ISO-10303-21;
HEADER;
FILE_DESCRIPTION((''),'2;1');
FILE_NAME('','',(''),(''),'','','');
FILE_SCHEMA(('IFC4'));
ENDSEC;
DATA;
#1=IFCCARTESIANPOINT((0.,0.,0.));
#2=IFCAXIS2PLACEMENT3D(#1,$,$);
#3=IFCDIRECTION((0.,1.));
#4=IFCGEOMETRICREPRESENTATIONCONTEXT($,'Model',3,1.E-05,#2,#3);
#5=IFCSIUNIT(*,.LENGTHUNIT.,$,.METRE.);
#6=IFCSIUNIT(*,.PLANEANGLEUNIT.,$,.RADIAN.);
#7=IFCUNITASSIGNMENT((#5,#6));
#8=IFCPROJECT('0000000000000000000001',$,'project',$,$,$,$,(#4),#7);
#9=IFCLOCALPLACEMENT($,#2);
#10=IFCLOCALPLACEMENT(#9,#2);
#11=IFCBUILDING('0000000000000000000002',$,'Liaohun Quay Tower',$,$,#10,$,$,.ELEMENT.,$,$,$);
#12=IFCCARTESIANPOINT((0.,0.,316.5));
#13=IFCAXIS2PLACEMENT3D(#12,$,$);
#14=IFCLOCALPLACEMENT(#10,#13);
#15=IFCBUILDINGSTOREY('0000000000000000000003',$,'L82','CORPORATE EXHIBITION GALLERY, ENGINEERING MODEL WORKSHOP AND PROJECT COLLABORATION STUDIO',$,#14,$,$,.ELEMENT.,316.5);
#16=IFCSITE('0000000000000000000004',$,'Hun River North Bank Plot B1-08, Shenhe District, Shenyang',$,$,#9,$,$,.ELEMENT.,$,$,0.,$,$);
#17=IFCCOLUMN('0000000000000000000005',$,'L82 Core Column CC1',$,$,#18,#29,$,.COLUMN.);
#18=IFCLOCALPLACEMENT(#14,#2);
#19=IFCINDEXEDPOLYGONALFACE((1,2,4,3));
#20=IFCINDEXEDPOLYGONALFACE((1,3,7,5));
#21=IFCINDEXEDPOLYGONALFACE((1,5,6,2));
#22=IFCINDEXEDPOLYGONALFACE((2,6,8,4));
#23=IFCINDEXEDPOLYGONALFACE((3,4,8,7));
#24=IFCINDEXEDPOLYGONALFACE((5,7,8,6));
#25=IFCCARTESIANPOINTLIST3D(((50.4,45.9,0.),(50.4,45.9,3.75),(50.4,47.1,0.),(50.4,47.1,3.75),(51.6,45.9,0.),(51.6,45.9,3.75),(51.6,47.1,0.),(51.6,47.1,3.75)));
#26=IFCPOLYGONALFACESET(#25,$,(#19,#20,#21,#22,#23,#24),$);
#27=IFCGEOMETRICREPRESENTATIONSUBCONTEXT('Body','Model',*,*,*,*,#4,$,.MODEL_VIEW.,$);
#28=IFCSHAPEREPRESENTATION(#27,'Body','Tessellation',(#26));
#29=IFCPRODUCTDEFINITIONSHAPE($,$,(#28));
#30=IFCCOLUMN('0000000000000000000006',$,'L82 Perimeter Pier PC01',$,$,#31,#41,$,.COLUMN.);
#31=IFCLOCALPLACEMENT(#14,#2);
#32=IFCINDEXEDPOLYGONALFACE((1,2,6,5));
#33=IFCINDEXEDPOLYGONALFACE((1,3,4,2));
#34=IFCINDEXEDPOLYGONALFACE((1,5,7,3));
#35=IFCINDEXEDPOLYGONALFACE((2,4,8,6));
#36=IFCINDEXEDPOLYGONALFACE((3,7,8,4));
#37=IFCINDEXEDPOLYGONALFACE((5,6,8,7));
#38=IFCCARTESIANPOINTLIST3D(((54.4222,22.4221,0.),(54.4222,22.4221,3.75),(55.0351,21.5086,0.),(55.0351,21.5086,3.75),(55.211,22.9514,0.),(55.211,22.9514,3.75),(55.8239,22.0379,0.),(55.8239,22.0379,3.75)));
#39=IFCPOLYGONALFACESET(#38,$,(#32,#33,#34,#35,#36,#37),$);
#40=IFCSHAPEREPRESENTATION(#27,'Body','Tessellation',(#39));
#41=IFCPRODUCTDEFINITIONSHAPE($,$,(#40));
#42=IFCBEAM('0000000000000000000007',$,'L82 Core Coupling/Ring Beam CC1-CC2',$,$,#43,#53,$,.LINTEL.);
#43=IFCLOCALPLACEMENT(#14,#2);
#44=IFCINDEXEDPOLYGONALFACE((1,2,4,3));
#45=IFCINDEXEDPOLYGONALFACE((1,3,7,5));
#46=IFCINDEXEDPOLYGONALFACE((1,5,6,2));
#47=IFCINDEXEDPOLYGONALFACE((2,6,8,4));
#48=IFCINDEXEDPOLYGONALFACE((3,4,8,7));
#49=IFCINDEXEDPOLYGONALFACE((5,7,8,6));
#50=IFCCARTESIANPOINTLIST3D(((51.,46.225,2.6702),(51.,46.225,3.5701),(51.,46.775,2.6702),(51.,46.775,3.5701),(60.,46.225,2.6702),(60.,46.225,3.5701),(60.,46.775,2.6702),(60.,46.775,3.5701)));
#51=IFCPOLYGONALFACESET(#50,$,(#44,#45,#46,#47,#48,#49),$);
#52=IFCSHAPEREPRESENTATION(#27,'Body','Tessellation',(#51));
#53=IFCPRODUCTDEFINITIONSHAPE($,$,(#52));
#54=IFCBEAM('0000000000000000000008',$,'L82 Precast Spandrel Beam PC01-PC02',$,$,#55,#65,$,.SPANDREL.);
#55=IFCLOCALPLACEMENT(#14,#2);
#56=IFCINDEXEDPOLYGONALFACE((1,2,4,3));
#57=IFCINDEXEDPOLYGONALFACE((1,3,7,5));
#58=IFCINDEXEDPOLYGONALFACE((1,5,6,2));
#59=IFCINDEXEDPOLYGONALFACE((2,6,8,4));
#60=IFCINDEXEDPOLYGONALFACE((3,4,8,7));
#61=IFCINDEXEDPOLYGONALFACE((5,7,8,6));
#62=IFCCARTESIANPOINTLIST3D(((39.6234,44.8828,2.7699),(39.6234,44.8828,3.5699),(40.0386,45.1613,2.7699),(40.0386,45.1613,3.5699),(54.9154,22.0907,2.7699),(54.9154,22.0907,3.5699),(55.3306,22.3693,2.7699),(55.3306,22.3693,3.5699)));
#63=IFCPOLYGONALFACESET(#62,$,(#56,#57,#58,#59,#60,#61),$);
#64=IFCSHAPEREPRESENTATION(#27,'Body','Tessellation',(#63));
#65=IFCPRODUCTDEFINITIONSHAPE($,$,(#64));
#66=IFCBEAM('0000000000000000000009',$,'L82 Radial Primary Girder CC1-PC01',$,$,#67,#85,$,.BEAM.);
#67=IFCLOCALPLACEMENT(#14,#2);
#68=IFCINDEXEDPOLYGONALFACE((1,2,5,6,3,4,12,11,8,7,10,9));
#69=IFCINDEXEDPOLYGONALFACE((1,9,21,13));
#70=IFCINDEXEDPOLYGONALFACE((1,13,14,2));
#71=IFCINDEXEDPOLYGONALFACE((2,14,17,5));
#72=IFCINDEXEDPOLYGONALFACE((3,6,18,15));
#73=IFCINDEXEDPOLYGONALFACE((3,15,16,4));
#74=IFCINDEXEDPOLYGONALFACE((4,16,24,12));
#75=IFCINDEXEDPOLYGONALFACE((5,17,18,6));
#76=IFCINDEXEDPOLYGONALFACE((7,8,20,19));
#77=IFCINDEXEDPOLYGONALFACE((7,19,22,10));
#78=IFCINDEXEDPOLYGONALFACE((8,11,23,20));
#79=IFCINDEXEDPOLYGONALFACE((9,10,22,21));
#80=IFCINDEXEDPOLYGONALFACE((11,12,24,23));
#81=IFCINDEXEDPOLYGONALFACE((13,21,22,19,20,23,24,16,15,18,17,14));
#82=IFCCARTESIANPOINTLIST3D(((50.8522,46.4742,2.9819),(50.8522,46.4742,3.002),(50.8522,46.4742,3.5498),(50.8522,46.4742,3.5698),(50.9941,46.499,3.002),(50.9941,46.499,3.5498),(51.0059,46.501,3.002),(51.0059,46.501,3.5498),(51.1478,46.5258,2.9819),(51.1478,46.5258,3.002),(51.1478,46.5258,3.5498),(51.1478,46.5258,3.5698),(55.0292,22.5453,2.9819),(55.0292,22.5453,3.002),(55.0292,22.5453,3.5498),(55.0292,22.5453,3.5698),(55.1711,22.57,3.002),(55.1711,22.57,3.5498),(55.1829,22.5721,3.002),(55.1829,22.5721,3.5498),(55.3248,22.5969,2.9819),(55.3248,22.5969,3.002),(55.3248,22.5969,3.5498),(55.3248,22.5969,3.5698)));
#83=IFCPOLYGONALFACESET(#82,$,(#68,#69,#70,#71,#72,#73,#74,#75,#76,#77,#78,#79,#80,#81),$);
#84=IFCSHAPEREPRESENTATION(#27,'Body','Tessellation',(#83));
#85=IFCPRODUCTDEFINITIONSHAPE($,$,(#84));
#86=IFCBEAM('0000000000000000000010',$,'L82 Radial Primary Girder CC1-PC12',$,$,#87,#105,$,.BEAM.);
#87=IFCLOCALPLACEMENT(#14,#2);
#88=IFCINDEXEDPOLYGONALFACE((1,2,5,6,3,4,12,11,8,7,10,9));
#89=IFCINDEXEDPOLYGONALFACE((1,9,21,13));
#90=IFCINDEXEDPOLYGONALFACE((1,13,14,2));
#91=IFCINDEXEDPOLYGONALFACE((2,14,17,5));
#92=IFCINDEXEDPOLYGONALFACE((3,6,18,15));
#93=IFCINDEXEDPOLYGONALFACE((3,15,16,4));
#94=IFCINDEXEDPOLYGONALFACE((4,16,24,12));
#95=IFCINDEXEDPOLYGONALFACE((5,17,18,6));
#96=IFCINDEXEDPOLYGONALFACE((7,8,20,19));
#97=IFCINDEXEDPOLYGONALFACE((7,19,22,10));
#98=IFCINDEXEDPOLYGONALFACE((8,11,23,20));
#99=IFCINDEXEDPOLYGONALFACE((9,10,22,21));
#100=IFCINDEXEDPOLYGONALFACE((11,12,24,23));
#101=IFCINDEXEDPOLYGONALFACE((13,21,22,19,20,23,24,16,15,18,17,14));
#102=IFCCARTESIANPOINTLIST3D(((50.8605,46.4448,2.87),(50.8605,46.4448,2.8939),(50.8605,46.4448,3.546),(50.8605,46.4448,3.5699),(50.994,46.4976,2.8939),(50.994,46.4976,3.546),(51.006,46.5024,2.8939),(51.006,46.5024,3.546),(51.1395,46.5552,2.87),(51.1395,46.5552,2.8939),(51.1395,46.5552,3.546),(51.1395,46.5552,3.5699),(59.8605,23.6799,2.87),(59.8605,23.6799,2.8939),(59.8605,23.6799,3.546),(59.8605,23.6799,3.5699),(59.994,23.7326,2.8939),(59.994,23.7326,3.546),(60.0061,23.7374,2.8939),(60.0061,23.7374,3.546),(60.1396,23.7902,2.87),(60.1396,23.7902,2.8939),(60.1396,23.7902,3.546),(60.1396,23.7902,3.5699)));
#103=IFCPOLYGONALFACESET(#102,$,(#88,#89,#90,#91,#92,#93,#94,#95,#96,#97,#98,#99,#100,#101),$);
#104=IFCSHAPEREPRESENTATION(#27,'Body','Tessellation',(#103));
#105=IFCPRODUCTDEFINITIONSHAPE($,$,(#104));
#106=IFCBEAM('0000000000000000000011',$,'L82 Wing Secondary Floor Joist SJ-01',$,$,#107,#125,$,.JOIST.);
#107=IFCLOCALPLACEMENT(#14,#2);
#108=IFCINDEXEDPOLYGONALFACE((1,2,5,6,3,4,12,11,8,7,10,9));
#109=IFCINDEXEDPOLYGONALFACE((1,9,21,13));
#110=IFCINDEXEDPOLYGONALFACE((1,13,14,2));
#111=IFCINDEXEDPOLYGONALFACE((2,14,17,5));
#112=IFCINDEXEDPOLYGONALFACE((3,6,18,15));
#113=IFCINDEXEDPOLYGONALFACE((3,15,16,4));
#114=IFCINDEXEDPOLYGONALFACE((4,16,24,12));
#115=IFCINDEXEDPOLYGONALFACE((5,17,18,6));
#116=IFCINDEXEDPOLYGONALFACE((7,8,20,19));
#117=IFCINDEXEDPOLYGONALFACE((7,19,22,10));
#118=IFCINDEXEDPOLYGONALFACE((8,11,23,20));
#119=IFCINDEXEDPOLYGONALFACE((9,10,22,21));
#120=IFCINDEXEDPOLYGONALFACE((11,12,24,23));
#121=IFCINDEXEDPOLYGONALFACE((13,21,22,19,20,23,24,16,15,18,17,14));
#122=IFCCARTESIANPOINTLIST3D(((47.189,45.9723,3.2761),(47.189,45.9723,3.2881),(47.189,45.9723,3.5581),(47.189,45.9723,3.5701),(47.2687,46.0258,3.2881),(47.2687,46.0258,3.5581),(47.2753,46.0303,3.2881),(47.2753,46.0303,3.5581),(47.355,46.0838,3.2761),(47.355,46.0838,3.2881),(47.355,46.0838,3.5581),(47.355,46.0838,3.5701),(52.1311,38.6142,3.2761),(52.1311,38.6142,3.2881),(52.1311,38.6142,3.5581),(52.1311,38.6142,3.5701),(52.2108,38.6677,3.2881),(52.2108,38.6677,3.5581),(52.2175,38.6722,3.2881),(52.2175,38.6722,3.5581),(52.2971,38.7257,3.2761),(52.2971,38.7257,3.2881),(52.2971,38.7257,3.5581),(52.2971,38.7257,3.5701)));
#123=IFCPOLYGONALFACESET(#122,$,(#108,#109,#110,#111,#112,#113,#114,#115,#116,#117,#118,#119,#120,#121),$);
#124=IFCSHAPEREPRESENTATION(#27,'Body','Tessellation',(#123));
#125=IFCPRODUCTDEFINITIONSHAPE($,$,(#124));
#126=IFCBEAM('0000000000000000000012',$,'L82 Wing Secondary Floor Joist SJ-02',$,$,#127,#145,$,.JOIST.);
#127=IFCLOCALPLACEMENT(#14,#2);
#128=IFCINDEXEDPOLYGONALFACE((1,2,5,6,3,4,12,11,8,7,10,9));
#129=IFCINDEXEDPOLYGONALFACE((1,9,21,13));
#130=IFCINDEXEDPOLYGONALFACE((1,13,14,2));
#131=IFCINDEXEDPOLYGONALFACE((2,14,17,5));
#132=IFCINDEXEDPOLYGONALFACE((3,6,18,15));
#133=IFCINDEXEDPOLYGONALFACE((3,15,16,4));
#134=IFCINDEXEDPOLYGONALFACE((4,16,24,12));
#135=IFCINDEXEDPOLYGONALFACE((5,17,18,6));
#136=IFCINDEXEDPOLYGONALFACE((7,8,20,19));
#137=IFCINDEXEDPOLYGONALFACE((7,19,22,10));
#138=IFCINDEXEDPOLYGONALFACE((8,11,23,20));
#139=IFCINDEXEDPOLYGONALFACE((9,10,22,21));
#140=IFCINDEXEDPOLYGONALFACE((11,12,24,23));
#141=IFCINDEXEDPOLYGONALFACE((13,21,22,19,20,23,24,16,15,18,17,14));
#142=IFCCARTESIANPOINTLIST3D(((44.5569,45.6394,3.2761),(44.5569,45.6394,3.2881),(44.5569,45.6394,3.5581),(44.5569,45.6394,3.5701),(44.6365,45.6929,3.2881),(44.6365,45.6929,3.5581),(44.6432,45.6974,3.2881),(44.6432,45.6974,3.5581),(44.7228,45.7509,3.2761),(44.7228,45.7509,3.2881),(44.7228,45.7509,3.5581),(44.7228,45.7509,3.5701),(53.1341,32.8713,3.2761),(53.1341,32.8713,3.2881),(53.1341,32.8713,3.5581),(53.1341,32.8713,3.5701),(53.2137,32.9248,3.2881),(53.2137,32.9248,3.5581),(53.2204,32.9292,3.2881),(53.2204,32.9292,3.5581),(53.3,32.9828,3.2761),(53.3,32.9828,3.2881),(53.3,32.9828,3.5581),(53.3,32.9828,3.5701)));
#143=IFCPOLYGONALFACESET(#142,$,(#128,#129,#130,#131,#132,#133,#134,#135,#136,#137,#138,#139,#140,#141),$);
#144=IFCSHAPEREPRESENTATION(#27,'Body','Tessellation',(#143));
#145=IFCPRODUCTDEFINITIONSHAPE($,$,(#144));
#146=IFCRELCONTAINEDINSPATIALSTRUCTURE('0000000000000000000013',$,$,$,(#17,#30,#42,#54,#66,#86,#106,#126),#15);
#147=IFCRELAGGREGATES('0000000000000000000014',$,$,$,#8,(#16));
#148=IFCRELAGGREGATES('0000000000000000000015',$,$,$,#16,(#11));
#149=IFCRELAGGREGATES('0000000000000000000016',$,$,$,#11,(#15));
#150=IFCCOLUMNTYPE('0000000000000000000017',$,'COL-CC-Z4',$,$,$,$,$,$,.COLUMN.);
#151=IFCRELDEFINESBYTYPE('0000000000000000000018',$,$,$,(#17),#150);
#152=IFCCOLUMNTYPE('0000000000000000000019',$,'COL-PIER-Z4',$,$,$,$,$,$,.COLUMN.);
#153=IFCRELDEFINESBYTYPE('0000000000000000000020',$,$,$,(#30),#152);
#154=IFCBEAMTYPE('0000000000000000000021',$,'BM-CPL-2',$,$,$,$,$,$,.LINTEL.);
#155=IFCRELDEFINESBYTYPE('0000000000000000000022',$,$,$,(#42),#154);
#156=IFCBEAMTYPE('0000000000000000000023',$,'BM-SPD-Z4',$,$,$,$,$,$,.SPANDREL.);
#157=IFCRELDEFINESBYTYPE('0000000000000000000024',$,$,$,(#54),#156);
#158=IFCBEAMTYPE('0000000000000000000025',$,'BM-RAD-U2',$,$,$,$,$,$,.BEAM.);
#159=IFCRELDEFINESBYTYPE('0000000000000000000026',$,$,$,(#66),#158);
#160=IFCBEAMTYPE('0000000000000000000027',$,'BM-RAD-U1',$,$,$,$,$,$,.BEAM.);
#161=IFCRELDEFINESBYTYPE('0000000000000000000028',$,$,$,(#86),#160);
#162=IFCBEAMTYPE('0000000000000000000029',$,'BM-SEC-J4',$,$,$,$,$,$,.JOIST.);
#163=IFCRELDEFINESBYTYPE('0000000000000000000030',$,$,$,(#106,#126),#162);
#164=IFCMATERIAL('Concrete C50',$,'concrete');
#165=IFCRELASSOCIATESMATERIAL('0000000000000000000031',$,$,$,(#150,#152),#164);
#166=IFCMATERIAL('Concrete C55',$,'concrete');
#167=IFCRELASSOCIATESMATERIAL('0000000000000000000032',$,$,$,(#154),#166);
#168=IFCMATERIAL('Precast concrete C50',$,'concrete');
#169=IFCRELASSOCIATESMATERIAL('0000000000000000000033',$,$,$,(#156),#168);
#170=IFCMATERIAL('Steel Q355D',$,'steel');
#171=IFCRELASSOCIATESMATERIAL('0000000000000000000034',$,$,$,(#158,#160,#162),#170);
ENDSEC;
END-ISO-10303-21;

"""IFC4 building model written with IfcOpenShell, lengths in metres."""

from ifc_helpers import new_model, si_unit, direction, frame, origin, origin_2d, place, context, subcontext, project, spatial, rectangle, i_section, extrude, source, transform, mapped, material, material_profile, profile_set, type_object, element, save


model = new_model("IFC4")

# Units and contexts
model_context = context("Model", 3, precision=1e-05, world=origin(), true_north=direction((0.0, 1.0)))
body_context = subcontext(model_context, "Body", "Model", "MODEL_VIEW")
ifc_project = project(units=[si_unit("LENGTHUNIT", "METRE"), si_unit("PLANEANGLEUNIT", "RADIAN")], contexts=[model_context])

# Site, building, storey
site_placement = place(None, origin())
site = spatial("IfcSite", under=ifc_project, at=site_placement, Name="Hun River North Bank Plot B1-08, Shenhe District, Shenyang", CompositionType="ELEMENT", RefElevation=0.0)
building_placement = place(site_placement, origin())
building = spatial("IfcBuilding", under=site, at=building_placement, Name="Liaohun Quay Tower", CompositionType="ELEMENT")
storey_placement = place(building_placement, frame((0.0, 0.0, 316.5)))
storey = spatial("IfcBuildingStorey", under=building, at=storey_placement, Name="L82", Description="CORPORATE EXHIBITION GALLERY, ENGINEERING MODEL WORKSHOP AND PROJECT COLLABORATION STUDIO", CompositionType="ELEMENT", Elevation=316.5)

# Columns
ifc_material_1 = material(Name="Concrete C50", Category="concrete")
ifc_material_profile_1 = material_profile(ifc_material_1, rectangle(XDim=1.2, YDim=1.2, at=origin_2d()), Name="RC1200x1200")
ifc_profile_set_1 = profile_set([ifc_material_profile_1], Name="Concrete C50")
column_type_1 = type_object("IfcColumnType", Name="COL-CC-Z4", PredefinedType="COLUMN", material=ifc_profile_set_1)
shared_shape_1 = source(origin(), body_context, "Body", "SweptSolid", [
    extrude(rectangle(XDim=1.2, YDim=1.2, at=origin_2d()), origin(), (0.0, 0.0, 1.0), 3.75),
])
column_1_placement = place(storey_placement, frame((51.0, 46.5, 0.0), z_axis=(0.0, 0.0, 1.0), x_axis=(1.0, 0.0, 0.0)))
element("IfcColumn", 1, at=column_1_placement, inside=storey, type_object=column_type_1, Name="L82 Core Column CC1", PredefinedType="COLUMN", context=body_context, shape_type="MappedRepresentation", body=[
    mapped(shared_shape_1, transform((0.0, 0.0, 0.0), x_axis=(1.0, 0.0, 0.0), y_axis=(0.0, 1.0, 0.0), z_axis=(0.0, 0.0, 1.0), scale=1.0)),
])
ifc_material_profile_2 = material_profile(ifc_material_1, rectangle(XDim=1.1001, YDim=0.95, at=origin_2d()), Name="RC1100x950")
ifc_profile_set_2 = profile_set([ifc_material_profile_2], Name="Concrete C50")
column_type_2 = type_object("IfcColumnType", Name="COL-PIER-Z4", PredefinedType="COLUMN", material=ifc_profile_set_2)
shared_shape_2 = source(origin(), body_context, "Body", "SweptSolid", [
    extrude(rectangle(XDim=1.1001, YDim=0.95, at=origin_2d()), origin(), (0.0, 0.0, 1.0), 3.75),
])
column_2_placement = place(storey_placement, frame((55.123, 22.23, 0.0), z_axis=(0.0, 0.0, 1.0), x_axis=(-0.557166, 0.830401, 0.0)))
element("IfcColumn", 2, at=column_2_placement, inside=storey, type_object=column_type_2, Name="L82 Perimeter Pier PC01", PredefinedType="COLUMN", context=body_context, shape_type="MappedRepresentation", body=[
    mapped(shared_shape_2, transform((0.0, 0.0, 0.0), x_axis=(1.0, 0.0, 0.0), y_axis=(0.0, 1.0, 0.0), z_axis=(0.0, 0.0, 1.0), scale=1.0)),
])

# Beams
ifc_material_2 = material(Name="Concrete C55", Category="concrete")
ifc_material_profile_3 = material_profile(ifc_material_2, rectangle(XDim=0.55, YDim=0.8999, at=origin_2d()), Name="RC550x900")
ifc_profile_set_3 = profile_set([ifc_material_profile_3], Name="Concrete C55")
beam_type_1 = type_object("IfcBeamType", Name="BM-CPL-2", PredefinedType="LINTEL", material=ifc_profile_set_3)
shared_shape_3 = source(origin(), body_context, "Body", "SweptSolid", [
    extrude(rectangle(XDim=0.55, YDim=0.8999, at=origin_2d()), origin(), (0.0, 0.0, 1.0), 9.0),
])
beam_1_placement = place(storey_placement, frame((51.0, 46.5, 3.1201), z_axis=(1.0, 0.0, 0.0), x_axis=(0.0, 1.0, 0.0)))
element("IfcBeam", 3, at=beam_1_placement, inside=storey, type_object=beam_type_1, Name="L82 Core Coupling/Ring Beam CC1-CC2", PredefinedType="LINTEL", context=body_context, shape_type="MappedRepresentation", body=[
    mapped(shared_shape_3, transform((0.0, 0.0, 0.0), x_axis=(1.0, 0.0, 0.0), y_axis=(0.0, 1.0, 0.0), z_axis=(0.0, 0.0, 1.0), scale=1.0)),
])
ifc_material_3 = material(Name="Precast concrete C50", Category="concrete")
ifc_material_profile_4 = material_profile(ifc_material_3, rectangle(XDim=0.5, YDim=0.8, at=origin_2d()), Name="RC500x800")
ifc_profile_set_4 = profile_set([ifc_material_profile_4], Name="Precast concrete C50")
beam_type_2 = type_object("IfcBeamType", Name="BM-SPD-Z4", PredefinedType="SPANDREL", material=ifc_profile_set_4)
shared_shape_4 = source(origin(), body_context, "Body", "SweptSolid", [
    extrude(rectangle(XDim=0.5, YDim=0.8, at=origin_2d()), origin(), (0.0, 0.0, 1.0), 27.4468),
])
beam_2_placement = place(storey_placement, frame((55.123, 22.23, 3.1699), z_axis=(-0.557153, 0.83041, 0.0), x_axis=(-0.83041, -0.557153, 0.0)))
element("IfcBeam", 4, at=beam_2_placement, inside=storey, type_object=beam_type_2, Name="L82 Precast Spandrel Beam PC01-PC02", PredefinedType="SPANDREL", context=body_context, shape_type="MappedRepresentation", body=[
    mapped(shared_shape_4, transform((0.0, 0.0, 0.0), x_axis=(1.0, 0.0, 0.0), y_axis=(0.0, 1.0, 0.0), z_axis=(0.0, 0.0, 1.0), scale=1.0)),
])
ifc_material_4 = material(Name="Steel Q355D", Category="steel")
ifc_material_profile_5 = material_profile(ifc_material_4, i_section(OverallWidth=0.3, OverallDepth=0.5879, WebThickness=0.012, FlangeThickness=0.02, at=origin_2d()), Name="HM588x300x12x20")
ifc_profile_set_5 = profile_set([ifc_material_profile_5], Name="Steel Q355D")
beam_type_3 = type_object("IfcBeamType", Name="BM-RAD-U2", PredefinedType="BEAM", material=ifc_profile_set_5)
shared_shape_5 = source(origin(), body_context, "Body", "SweptSolid", [
    extrude(i_section(OverallWidth=0.3, OverallDepth=0.5879, WebThickness=0.012, FlangeThickness=0.02, at=origin_2d()), origin(), (0.0, 0.0, 1.0), 24.2908),
])
beam_3_placement = place(storey_placement, frame((51.0, 46.5, 3.2759), z_axis=(0.171958, -0.985104, 0.0), x_axis=(0.985104, 0.171958, 0.0)))
element("IfcBeam", 5, at=beam_3_placement, inside=storey, type_object=beam_type_3, Name="L82 Radial Primary Girder CC1-PC01", PredefinedType="BEAM", context=body_context, shape_type="MappedRepresentation", body=[
    mapped(shared_shape_5, transform((0.0, 0.0, 0.0), x_axis=(1.0, 0.0, 0.0), y_axis=(0.0, 1.0, 0.0), z_axis=(0.0, 0.0, 1.0), scale=1.0)),
])
ifc_material_profile_6 = material_profile(ifc_material_4, i_section(OverallWidth=0.3, OverallDepth=0.7, WebThickness=0.0129, FlangeThickness=0.0239, at=origin_2d()), Name="HN700x300x13x24")
ifc_profile_set_6 = profile_set([ifc_material_profile_6], Name="Steel Q355D")
beam_type_4 = type_object("IfcBeamType", Name="BM-RAD-U1", PredefinedType="BEAM", material=ifc_profile_set_6)
shared_shape_6 = source(origin(), body_context, "Body", "SweptSolid", [
    extrude(i_section(OverallWidth=0.3, OverallDepth=0.7, WebThickness=0.0129, FlangeThickness=0.0239, at=origin_2d()), origin(), (0.0, 0.0, 1.0), 24.4795),
])
beam_4_placement = place(storey_placement, frame((51.0, 46.5, 3.22), z_axis=(0.367656, -0.929962, 0.0), x_axis=(0.929962, 0.367656, 0.0)))
element("IfcBeam", 6, at=beam_4_placement, inside=storey, type_object=beam_type_4, Name="L82 Radial Primary Girder CC1-PC12", PredefinedType="BEAM", context=body_context, shape_type="MappedRepresentation", body=[
    mapped(shared_shape_6, transform((0.0, 0.0, 0.0), x_axis=(1.0, 0.0, 0.0), y_axis=(0.0, 1.0, 0.0), z_axis=(0.0, 0.0, 1.0), scale=1.0)),
])
ifc_material_profile_7 = material_profile(ifc_material_4, i_section(OverallWidth=0.2, OverallDepth=0.2939, WebThickness=0.0081, FlangeThickness=0.012, at=origin_2d()), Name="HM294x200x8x12")
ifc_profile_set_7 = profile_set([ifc_material_profile_7], Name="Steel Q355D")
beam_type_5 = type_object("IfcBeamType", Name="BM-SEC-J4", PredefinedType="JOIST", material=ifc_profile_set_7)
shared_shape_7 = source(origin(), body_context, "Body", "SweptSolid", [
    extrude(i_section(OverallWidth=0.2, OverallDepth=0.2939, WebThickness=0.0081, FlangeThickness=0.012, at=origin_2d()), origin(), (0.0, 0.0, 1.0), 8.8638),
])
beam_5_placement = place(storey_placement, frame((52.2141, 38.6699, 3.4231), z_axis=(-0.557564, 0.830134, 0.0), x_axis=(-0.830134, -0.557564, 0.0)))
element("IfcBeam", 7, at=beam_5_placement, inside=storey, type_object=beam_type_5, Name="L82 Wing Secondary Floor Joist SJ-01", PredefinedType="JOIST", context=body_context, shape_type="MappedRepresentation", body=[
    mapped(shared_shape_7, transform((0.0, 0.0, 0.0), x_axis=(1.0, 0.0, 0.0), y_axis=(0.0, 1.0, 0.0), z_axis=(0.0, 0.0, 1.0), scale=1.0)),
])
shared_shape_8 = source(origin(), body_context, "Body", "SweptSolid", [
    extrude(i_section(OverallWidth=0.2, OverallDepth=0.2939, WebThickness=0.0081, FlangeThickness=0.012, at=origin_2d()), origin(), (0.0, 0.0, 1.0), 15.3816),
])
beam_6_placement = place(storey_placement, frame((53.217, 32.927, 3.4231), z_axis=(-0.557627, 0.830092, 0.0), x_axis=(-0.830092, -0.557627, 0.0)))
element("IfcBeam", 8, at=beam_6_placement, inside=storey, type_object=beam_type_5, Name="L82 Wing Secondary Floor Joist SJ-02", PredefinedType="JOIST", context=body_context, shape_type="MappedRepresentation", body=[
    mapped(shared_shape_8, transform((0.0, 0.0, 0.0), x_axis=(1.0, 0.0, 0.0), y_axis=(0.0, 1.0, 0.0), z_axis=(0.0, 0.0, 1.0), scale=1.0)),
])

save(model, "model.ifc")
